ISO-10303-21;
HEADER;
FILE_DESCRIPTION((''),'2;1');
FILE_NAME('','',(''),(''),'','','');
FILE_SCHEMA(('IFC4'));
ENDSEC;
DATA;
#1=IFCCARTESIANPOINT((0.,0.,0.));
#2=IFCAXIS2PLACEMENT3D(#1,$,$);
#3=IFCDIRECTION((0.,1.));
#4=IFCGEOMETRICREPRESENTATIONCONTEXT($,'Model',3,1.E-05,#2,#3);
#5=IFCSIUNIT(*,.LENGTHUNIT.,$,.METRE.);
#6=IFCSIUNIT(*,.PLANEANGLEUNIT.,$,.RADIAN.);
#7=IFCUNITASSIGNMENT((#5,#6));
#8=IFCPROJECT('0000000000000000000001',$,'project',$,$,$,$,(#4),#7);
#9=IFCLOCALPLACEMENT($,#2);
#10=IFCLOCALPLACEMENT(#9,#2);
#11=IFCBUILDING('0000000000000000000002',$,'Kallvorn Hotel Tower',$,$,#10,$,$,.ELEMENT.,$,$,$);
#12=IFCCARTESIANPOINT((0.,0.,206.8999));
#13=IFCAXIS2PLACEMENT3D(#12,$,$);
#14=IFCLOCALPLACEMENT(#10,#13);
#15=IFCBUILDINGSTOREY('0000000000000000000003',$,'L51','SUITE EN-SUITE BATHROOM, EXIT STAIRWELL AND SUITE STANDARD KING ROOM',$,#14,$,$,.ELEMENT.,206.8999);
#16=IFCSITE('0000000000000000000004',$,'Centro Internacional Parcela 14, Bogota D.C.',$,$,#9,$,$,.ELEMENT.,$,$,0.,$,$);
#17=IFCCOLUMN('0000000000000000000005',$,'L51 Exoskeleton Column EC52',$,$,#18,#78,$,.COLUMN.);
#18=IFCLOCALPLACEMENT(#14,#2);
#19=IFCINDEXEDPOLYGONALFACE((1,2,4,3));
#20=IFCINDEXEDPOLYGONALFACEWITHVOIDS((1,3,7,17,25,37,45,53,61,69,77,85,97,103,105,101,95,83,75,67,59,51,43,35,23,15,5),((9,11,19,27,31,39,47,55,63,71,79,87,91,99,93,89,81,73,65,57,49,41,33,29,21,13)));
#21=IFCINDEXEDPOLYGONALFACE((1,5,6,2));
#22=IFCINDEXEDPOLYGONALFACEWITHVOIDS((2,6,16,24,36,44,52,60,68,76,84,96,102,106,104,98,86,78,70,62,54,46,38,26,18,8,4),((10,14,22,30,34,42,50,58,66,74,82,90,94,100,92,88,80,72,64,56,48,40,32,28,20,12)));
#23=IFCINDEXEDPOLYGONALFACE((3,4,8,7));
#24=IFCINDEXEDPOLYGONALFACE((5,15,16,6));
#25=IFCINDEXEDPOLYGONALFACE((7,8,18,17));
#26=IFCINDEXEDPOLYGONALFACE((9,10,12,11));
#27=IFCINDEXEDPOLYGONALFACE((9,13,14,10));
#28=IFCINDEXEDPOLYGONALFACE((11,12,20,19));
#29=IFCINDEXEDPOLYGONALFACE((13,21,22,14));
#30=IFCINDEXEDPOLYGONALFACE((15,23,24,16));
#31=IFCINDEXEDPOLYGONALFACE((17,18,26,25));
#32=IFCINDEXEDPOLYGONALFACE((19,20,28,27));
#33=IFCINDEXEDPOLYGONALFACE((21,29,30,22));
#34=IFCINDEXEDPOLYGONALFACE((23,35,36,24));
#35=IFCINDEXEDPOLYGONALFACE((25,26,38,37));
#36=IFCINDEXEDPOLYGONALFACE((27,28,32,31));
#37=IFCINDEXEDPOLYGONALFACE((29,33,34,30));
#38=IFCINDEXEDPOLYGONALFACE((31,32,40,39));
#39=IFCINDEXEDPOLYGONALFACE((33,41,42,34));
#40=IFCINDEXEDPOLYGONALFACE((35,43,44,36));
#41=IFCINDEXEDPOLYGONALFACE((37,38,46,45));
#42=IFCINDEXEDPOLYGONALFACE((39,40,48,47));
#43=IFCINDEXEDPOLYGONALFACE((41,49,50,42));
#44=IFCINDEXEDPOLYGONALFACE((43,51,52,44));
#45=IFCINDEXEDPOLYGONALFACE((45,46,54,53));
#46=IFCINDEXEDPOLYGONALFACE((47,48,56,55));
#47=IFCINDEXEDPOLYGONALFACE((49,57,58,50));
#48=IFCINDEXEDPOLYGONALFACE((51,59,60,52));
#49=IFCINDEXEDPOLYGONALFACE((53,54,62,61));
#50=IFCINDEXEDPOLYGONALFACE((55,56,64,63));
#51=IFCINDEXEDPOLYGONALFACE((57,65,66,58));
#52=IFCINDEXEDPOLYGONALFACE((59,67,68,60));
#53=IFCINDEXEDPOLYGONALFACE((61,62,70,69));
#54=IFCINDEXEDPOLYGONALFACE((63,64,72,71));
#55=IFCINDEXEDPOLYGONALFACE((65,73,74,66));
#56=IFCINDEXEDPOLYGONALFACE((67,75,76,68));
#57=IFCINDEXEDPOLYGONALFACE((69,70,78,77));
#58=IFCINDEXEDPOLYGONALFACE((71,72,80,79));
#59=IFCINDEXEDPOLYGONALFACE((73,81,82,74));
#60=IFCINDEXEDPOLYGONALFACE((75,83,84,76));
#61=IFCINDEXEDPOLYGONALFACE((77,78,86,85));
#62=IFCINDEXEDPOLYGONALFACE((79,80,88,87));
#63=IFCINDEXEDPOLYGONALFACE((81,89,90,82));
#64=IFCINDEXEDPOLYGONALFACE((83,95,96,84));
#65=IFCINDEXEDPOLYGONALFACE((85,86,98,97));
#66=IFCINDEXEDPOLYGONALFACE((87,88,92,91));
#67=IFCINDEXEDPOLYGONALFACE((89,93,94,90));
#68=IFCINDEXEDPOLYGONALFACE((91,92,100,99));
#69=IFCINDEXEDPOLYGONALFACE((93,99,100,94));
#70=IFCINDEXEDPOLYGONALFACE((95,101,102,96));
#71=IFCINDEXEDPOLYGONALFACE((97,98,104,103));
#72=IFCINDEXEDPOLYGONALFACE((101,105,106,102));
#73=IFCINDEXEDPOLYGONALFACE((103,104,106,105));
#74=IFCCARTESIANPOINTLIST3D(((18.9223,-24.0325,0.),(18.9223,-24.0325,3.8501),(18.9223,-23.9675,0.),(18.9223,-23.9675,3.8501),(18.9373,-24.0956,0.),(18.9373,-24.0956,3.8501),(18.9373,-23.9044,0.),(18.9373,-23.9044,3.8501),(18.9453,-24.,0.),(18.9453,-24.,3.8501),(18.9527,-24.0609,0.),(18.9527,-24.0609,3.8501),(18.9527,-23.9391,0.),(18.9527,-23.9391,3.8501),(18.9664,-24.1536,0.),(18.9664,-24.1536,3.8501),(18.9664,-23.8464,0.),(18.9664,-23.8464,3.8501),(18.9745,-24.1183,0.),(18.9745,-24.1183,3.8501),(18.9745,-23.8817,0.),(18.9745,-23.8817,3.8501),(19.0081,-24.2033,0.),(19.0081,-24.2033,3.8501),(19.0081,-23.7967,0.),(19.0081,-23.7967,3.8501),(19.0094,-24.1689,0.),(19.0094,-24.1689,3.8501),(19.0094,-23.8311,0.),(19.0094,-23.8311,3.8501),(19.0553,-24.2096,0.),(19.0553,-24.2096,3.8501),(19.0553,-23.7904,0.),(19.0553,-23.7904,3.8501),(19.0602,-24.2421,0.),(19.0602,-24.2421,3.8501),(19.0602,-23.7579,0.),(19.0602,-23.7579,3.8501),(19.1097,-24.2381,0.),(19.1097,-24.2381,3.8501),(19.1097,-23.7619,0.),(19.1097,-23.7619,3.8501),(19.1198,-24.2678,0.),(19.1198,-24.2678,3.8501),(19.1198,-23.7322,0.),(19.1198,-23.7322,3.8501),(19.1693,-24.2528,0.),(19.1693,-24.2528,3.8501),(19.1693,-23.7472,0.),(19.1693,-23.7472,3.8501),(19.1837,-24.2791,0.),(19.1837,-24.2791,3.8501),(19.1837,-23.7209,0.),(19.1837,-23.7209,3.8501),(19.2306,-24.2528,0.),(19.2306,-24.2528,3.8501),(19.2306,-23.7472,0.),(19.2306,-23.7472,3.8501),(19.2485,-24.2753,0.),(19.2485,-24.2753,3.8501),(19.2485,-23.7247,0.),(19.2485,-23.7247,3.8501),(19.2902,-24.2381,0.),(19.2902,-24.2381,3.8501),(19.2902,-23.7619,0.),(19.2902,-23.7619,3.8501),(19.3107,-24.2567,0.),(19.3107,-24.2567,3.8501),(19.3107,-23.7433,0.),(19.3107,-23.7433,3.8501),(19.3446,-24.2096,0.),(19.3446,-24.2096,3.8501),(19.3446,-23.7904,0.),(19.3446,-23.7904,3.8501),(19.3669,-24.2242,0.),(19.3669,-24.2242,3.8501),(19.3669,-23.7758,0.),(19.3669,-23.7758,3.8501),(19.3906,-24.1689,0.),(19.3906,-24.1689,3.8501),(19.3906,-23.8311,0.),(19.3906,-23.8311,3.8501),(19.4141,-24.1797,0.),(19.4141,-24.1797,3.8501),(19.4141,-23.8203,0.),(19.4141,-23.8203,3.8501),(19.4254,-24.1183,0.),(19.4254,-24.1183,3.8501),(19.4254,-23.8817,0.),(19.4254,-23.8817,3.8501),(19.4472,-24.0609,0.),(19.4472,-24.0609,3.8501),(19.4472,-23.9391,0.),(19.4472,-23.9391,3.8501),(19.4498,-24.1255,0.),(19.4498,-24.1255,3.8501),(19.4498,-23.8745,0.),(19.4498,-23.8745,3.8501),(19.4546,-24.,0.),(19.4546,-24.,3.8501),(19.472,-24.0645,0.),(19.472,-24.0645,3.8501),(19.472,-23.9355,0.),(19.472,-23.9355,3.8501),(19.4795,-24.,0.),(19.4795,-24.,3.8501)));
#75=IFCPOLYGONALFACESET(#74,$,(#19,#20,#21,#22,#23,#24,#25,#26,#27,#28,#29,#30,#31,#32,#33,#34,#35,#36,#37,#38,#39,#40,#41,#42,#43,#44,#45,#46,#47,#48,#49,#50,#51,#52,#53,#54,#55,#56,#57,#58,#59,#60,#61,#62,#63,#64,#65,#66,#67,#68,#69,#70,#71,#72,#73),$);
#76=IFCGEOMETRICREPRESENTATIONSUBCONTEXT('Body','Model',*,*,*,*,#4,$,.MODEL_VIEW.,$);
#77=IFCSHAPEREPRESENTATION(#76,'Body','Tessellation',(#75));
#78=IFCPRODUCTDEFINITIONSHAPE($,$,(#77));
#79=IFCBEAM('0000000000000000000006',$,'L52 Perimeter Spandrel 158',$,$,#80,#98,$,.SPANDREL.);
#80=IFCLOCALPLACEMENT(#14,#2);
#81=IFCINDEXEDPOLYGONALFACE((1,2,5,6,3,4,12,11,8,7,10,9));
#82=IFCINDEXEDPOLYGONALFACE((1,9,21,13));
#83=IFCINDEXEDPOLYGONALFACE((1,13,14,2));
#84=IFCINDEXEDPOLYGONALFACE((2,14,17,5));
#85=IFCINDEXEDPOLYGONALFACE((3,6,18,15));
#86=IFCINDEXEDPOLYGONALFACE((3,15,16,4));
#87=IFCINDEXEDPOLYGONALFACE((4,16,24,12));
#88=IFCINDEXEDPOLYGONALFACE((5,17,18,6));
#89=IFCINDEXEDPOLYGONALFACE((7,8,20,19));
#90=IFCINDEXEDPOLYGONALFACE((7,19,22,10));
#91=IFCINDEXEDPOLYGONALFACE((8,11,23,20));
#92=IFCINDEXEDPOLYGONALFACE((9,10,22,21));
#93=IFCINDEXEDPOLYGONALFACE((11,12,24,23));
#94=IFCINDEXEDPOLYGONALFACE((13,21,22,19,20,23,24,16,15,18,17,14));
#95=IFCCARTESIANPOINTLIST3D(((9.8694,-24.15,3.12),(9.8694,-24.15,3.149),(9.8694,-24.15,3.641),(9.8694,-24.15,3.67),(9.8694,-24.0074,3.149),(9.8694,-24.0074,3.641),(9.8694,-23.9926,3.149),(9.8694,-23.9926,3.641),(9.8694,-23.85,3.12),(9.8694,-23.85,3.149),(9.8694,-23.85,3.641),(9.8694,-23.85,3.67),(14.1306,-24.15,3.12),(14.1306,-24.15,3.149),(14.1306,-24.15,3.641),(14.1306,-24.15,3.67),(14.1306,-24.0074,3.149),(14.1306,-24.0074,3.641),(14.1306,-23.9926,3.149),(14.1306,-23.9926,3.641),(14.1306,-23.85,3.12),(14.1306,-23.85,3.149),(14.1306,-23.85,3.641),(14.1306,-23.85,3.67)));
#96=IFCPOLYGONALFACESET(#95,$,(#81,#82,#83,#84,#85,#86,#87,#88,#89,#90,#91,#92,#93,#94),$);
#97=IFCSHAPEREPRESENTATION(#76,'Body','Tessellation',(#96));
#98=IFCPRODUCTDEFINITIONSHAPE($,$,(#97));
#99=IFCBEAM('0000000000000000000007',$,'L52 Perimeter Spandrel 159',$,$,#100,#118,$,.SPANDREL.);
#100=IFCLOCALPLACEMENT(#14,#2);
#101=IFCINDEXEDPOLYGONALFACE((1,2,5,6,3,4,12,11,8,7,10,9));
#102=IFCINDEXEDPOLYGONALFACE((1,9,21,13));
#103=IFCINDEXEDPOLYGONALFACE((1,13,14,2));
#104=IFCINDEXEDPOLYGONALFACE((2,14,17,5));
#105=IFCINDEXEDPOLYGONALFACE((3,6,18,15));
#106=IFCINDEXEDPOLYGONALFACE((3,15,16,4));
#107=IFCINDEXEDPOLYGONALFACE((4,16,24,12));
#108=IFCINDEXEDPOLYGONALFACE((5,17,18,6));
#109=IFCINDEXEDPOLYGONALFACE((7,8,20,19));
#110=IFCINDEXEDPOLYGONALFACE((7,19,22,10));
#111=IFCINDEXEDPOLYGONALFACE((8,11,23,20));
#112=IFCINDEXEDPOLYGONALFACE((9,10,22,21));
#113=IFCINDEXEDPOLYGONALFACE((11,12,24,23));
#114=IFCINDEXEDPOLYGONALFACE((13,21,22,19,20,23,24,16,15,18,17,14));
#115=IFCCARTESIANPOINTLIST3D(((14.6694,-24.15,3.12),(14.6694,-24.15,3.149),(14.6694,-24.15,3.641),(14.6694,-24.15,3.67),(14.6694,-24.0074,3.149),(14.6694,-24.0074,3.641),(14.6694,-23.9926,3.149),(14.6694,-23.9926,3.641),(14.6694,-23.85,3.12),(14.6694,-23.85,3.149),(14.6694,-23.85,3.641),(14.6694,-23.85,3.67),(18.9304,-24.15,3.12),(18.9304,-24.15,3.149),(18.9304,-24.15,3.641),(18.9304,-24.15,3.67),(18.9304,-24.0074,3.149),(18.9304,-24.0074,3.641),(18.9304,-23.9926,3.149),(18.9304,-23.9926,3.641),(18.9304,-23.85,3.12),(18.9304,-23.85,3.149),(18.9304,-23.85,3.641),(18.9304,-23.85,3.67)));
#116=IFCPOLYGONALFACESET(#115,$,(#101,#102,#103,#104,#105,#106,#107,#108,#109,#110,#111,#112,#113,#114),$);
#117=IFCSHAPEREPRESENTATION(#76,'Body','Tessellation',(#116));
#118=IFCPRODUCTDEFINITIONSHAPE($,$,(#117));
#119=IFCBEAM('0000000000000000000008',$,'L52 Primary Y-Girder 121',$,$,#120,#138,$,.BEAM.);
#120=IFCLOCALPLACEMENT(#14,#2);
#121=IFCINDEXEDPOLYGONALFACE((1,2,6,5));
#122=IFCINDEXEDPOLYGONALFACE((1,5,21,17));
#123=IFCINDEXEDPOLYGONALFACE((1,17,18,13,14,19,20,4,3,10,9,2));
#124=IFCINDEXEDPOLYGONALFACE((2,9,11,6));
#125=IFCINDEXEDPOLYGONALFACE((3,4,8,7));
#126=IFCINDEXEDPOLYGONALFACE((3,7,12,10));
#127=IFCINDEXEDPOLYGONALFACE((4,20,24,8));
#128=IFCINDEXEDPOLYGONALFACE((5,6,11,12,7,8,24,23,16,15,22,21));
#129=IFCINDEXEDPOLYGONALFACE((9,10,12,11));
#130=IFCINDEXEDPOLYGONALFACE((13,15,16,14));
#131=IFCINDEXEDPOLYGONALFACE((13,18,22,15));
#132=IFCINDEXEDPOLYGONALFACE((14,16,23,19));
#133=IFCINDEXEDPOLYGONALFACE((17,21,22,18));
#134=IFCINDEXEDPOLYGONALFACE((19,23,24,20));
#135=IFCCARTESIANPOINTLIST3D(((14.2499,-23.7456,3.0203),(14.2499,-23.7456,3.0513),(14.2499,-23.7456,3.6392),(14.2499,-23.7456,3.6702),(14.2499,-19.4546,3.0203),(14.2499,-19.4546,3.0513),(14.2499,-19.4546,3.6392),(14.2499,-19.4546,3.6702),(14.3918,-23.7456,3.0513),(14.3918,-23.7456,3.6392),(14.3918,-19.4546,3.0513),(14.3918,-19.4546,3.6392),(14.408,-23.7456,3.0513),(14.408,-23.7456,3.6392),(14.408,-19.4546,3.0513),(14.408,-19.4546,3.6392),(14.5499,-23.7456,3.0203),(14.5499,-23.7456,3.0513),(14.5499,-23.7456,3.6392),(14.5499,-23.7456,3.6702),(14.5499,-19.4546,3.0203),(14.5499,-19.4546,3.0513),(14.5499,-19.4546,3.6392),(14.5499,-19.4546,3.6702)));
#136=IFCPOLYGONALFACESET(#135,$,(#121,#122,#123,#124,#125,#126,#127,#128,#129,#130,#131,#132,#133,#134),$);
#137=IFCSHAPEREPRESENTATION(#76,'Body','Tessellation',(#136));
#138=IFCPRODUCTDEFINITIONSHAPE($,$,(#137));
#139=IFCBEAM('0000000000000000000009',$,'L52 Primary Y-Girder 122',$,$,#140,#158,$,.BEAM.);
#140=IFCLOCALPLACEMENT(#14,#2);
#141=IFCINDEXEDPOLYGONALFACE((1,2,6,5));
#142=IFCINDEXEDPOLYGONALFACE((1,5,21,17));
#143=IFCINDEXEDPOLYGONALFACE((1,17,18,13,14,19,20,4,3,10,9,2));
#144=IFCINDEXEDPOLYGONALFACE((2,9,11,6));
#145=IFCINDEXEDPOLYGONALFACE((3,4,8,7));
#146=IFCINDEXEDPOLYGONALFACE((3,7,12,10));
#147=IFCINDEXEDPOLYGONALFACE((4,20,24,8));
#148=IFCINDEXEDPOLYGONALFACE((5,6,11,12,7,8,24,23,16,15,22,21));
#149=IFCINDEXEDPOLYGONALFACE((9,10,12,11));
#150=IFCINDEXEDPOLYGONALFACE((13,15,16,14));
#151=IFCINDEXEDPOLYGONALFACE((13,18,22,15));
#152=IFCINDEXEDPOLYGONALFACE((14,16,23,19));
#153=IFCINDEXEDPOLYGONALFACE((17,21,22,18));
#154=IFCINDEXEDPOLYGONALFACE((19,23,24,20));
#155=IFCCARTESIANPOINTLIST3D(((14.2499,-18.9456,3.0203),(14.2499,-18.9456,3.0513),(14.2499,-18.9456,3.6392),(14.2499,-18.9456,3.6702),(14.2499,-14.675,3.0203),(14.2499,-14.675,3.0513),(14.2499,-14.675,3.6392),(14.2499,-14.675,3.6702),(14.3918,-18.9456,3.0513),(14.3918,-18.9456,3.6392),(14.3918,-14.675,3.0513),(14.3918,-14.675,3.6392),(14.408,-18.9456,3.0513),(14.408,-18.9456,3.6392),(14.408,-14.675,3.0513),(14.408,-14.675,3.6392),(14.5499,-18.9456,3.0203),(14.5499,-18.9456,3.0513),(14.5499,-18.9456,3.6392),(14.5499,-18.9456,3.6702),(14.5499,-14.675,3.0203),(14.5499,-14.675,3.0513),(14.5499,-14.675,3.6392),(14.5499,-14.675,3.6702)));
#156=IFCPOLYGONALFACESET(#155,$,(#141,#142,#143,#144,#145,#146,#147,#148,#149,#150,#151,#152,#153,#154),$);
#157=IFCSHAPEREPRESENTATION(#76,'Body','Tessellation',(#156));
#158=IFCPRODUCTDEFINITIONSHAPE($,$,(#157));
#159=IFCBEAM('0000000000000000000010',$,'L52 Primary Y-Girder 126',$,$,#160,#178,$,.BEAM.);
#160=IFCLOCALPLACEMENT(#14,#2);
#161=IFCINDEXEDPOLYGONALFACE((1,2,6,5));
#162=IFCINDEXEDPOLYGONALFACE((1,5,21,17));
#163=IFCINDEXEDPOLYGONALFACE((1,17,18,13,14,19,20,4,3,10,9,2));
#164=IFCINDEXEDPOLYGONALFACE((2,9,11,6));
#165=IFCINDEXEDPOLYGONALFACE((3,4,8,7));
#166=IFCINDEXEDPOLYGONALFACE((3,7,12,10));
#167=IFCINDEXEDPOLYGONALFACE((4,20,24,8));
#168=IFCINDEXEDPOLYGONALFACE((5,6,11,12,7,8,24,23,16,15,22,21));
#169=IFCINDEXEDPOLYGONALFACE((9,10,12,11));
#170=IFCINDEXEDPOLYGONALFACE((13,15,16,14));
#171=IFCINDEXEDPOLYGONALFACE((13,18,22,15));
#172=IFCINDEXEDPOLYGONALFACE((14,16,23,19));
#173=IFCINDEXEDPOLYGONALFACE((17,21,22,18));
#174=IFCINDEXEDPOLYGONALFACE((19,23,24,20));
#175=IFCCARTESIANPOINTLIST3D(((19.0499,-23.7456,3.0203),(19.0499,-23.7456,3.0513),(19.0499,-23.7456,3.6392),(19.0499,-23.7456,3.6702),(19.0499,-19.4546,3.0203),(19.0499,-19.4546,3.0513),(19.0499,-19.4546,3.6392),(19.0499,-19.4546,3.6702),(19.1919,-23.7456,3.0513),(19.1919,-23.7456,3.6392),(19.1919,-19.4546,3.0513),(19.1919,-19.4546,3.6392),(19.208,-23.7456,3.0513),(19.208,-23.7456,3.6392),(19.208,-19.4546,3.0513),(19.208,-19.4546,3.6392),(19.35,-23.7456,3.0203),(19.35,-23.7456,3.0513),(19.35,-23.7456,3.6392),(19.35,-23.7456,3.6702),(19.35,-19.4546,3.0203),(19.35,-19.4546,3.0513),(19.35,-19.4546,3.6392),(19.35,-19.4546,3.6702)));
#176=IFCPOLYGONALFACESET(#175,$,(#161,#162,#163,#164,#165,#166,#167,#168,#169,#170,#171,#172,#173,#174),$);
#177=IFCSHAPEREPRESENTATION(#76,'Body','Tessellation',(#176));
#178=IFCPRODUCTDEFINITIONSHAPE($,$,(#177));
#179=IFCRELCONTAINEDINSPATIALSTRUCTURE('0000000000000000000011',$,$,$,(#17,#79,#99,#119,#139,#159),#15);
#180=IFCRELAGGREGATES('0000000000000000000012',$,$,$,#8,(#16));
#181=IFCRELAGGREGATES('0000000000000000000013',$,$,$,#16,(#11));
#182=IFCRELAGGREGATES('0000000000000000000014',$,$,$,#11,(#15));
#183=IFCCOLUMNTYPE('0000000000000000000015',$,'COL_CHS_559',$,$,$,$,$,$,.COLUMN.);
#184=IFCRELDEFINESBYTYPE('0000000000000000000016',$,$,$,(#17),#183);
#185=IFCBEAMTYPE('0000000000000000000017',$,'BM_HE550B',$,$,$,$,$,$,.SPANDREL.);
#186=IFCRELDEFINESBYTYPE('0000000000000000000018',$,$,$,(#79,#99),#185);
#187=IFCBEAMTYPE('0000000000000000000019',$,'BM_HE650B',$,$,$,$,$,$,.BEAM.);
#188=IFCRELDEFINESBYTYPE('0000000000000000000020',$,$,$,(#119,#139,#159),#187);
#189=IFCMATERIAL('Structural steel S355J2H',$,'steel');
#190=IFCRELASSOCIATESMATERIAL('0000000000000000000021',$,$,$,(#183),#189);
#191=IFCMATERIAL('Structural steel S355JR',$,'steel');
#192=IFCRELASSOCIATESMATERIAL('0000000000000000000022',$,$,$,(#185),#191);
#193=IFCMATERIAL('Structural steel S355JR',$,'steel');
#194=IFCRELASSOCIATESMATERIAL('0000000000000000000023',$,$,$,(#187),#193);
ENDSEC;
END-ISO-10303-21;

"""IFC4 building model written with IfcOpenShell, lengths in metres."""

from ifc_helpers import new_model, si_unit, direction, frame, origin, origin_2d, place, context, subcontext, project, spatial, hollow_circle, i_section, extrude, material, material_profile, profile_set, type_object, element, save


model = new_model("IFC4")

# Units and contexts
model_context = context("Model", 3, precision=1e-05, world=origin(), true_north=direction((0.0, 1.0)))
body_context = subcontext(model_context, "Body", "Model", "MODEL_VIEW")
ifc_project = project(units=[si_unit("LENGTHUNIT", "METRE"), si_unit("PLANEANGLEUNIT", "RADIAN")], contexts=[model_context])

# Site, building, storey
site_placement = place(None, origin())
site = spatial("IfcSite", under=ifc_project, at=site_placement, Name="Centro Internacional Parcela 14, Bogota D.C.", CompositionType="ELEMENT", RefElevation=0.0)
building_placement = place(site_placement, origin())
building = spatial("IfcBuilding", under=site, at=building_placement, Name="Kallvorn Hotel Tower", CompositionType="ELEMENT")
storey_placement = place(building_placement, frame((0.0, 0.0, 206.8999)))
storey = spatial("IfcBuildingStorey", under=building, at=storey_placement, Name="L51", Description="SUITE EN-SUITE BATHROOM, EXIT STAIRWELL AND SUITE STANDARD KING ROOM", CompositionType="ELEMENT", Elevation=206.8999)

# Column
ifc_material_1 = material(Name="Structural steel S355J2H", Category="steel")
ifc_material_profile_1 = material_profile(ifc_material_1, hollow_circle(Radius=0.2795, WallThickness=0.0249, at=origin_2d()), Name="CHS 559x25")
ifc_profile_set_1 = profile_set([ifc_material_profile_1], Name="Structural steel S355J2H")
column_type = type_object("IfcColumnType", Name="COL_CHS_559", PredefinedType="COLUMN", material=ifc_profile_set_1)
for number, where, z_axis, x_axis, name in (
    (1, (19.2, -24.0, 0.0), (0.0, 0.0, 1.0), (1.0, 0.0, 0.0), "L51 Exoskeleton Column EC52"),
):
    element("IfcColumn", number, at=place(storey_placement, frame(where, z_axis=z_axis, x_axis=x_axis)), inside=storey, type_object=column_type, Name=name, PredefinedType="COLUMN", context=body_context, shape_type="SweptSolid", body=[
        extrude(hollow_circle(Radius=0.2795, WallThickness=0.0249, at=origin_2d()), origin(), (0.0, 0.0, 1.0), 3.8501),
    ])

# Beams
ifc_material_2 = material(Name="Structural steel S355JR", Category="steel")
ifc_material_profile_2 = material_profile(ifc_material_2, i_section(OverallWidth=0.3, OverallDepth=0.55, WebThickness=0.0149, FlangeThickness=0.0291, at=origin_2d()), Name="HE 550 B")
ifc_profile_set_2 = profile_set([ifc_material_profile_2], Name="Structural steel S355JR")
beam_type_1 = type_object("IfcBeamType", Name="BM_HE550B", PredefinedType="SPANDREL", material=ifc_profile_set_2)
beam_1_placement = place(storey_placement, frame((9.8694, -24.0, 3.395), z_axis=(1.0, 0.0, 0.0), x_axis=(0.0, 1.0, 0.0)))
element("IfcBeam", 2, at=beam_1_placement, inside=storey, type_object=beam_type_1, Name="L52 Perimeter Spandrel 158", PredefinedType="SPANDREL", context=body_context, shape_type="SweptSolid", body=[
    extrude(i_section(OverallWidth=0.3, OverallDepth=0.55, WebThickness=0.0149, FlangeThickness=0.0291, at=origin_2d()), origin(), (0.0, 0.0, 1.0), 4.2612),
])
beam_2_placement = place(storey_placement, frame((14.6694, -24.0, 3.395), z_axis=(1.0, 0.0, 0.0), x_axis=(0.0, 1.0, 0.0)))
element("IfcBeam", 3, at=beam_2_placement, inside=storey, type_object=beam_type_1, Name="L52 Perimeter Spandrel 159", PredefinedType="SPANDREL", context=body_context, shape_type="SweptSolid", body=[
    extrude(i_section(OverallWidth=0.3, OverallDepth=0.55, WebThickness=0.0149, FlangeThickness=0.0291, at=origin_2d()), origin(), (0.0, 0.0, 1.0), 4.261),
])
ifc_material_3 = material(Name="Structural steel S355JR", Category="steel")
ifc_material_profile_3 = material_profile(ifc_material_3, i_section(OverallWidth=0.3, OverallDepth=0.6499, WebThickness=0.0161, FlangeThickness=0.031, at=origin_2d()), Name="HE 650 B")
ifc_profile_set_3 = profile_set([ifc_material_profile_3], Name="Structural steel S355JR")
beam_type_2 = type_object("IfcBeamType", Name="BM_HE650B", PredefinedType="BEAM", material=ifc_profile_set_3)
beam_3_placement = place(storey_placement, frame((14.3999, -23.7456, 3.3452), z_axis=(0.0, 1.0, 0.0), x_axis=(-1.0, 0.0, 0.0)))
element("IfcBeam", 4, at=beam_3_placement, inside=storey, type_object=beam_type_2, Name="L52 Primary Y-Girder 121", PredefinedType="BEAM", context=body_context, shape_type="SweptSolid", body=[
    extrude(i_section(OverallWidth=0.3, OverallDepth=0.6499, WebThickness=0.0161, FlangeThickness=0.031, at=origin_2d()), origin(), (0.0, 0.0, 1.0), 4.291),
])
beam_4_placement = place(storey_placement, frame((14.3999, -18.9456, 3.3452), z_axis=(0.0, 1.0, 0.0), x_axis=(-1.0, 0.0, 0.0)))
element("IfcBeam", 5, at=beam_4_placement, inside=storey, type_object=beam_type_2, Name="L52 Primary Y-Girder 122", PredefinedType="BEAM", context=body_context, shape_type="SweptSolid", body=[
    extrude(i_section(OverallWidth=0.3, OverallDepth=0.6499, WebThickness=0.0161, FlangeThickness=0.031, at=origin_2d()), origin(), (0.0, 0.0, 1.0), 4.2705),
])
beam_5_placement = place(storey_placement, frame((19.2, -23.7456, 3.3452), z_axis=(0.0, 1.0, 0.0), x_axis=(-1.0, 0.0, 0.0)))
element("IfcBeam", 6, at=beam_5_placement, inside=storey, type_object=beam_type_2, Name="L52 Primary Y-Girder 126", PredefinedType="BEAM", context=body_context, shape_type="SweptSolid", body=[
    extrude(i_section(OverallWidth=0.3, OverallDepth=0.6499, WebThickness=0.0161, FlangeThickness=0.031, at=origin_2d()), origin(), (0.0, 0.0, 1.0), 4.291),
])

save(model, "model.ifc")
